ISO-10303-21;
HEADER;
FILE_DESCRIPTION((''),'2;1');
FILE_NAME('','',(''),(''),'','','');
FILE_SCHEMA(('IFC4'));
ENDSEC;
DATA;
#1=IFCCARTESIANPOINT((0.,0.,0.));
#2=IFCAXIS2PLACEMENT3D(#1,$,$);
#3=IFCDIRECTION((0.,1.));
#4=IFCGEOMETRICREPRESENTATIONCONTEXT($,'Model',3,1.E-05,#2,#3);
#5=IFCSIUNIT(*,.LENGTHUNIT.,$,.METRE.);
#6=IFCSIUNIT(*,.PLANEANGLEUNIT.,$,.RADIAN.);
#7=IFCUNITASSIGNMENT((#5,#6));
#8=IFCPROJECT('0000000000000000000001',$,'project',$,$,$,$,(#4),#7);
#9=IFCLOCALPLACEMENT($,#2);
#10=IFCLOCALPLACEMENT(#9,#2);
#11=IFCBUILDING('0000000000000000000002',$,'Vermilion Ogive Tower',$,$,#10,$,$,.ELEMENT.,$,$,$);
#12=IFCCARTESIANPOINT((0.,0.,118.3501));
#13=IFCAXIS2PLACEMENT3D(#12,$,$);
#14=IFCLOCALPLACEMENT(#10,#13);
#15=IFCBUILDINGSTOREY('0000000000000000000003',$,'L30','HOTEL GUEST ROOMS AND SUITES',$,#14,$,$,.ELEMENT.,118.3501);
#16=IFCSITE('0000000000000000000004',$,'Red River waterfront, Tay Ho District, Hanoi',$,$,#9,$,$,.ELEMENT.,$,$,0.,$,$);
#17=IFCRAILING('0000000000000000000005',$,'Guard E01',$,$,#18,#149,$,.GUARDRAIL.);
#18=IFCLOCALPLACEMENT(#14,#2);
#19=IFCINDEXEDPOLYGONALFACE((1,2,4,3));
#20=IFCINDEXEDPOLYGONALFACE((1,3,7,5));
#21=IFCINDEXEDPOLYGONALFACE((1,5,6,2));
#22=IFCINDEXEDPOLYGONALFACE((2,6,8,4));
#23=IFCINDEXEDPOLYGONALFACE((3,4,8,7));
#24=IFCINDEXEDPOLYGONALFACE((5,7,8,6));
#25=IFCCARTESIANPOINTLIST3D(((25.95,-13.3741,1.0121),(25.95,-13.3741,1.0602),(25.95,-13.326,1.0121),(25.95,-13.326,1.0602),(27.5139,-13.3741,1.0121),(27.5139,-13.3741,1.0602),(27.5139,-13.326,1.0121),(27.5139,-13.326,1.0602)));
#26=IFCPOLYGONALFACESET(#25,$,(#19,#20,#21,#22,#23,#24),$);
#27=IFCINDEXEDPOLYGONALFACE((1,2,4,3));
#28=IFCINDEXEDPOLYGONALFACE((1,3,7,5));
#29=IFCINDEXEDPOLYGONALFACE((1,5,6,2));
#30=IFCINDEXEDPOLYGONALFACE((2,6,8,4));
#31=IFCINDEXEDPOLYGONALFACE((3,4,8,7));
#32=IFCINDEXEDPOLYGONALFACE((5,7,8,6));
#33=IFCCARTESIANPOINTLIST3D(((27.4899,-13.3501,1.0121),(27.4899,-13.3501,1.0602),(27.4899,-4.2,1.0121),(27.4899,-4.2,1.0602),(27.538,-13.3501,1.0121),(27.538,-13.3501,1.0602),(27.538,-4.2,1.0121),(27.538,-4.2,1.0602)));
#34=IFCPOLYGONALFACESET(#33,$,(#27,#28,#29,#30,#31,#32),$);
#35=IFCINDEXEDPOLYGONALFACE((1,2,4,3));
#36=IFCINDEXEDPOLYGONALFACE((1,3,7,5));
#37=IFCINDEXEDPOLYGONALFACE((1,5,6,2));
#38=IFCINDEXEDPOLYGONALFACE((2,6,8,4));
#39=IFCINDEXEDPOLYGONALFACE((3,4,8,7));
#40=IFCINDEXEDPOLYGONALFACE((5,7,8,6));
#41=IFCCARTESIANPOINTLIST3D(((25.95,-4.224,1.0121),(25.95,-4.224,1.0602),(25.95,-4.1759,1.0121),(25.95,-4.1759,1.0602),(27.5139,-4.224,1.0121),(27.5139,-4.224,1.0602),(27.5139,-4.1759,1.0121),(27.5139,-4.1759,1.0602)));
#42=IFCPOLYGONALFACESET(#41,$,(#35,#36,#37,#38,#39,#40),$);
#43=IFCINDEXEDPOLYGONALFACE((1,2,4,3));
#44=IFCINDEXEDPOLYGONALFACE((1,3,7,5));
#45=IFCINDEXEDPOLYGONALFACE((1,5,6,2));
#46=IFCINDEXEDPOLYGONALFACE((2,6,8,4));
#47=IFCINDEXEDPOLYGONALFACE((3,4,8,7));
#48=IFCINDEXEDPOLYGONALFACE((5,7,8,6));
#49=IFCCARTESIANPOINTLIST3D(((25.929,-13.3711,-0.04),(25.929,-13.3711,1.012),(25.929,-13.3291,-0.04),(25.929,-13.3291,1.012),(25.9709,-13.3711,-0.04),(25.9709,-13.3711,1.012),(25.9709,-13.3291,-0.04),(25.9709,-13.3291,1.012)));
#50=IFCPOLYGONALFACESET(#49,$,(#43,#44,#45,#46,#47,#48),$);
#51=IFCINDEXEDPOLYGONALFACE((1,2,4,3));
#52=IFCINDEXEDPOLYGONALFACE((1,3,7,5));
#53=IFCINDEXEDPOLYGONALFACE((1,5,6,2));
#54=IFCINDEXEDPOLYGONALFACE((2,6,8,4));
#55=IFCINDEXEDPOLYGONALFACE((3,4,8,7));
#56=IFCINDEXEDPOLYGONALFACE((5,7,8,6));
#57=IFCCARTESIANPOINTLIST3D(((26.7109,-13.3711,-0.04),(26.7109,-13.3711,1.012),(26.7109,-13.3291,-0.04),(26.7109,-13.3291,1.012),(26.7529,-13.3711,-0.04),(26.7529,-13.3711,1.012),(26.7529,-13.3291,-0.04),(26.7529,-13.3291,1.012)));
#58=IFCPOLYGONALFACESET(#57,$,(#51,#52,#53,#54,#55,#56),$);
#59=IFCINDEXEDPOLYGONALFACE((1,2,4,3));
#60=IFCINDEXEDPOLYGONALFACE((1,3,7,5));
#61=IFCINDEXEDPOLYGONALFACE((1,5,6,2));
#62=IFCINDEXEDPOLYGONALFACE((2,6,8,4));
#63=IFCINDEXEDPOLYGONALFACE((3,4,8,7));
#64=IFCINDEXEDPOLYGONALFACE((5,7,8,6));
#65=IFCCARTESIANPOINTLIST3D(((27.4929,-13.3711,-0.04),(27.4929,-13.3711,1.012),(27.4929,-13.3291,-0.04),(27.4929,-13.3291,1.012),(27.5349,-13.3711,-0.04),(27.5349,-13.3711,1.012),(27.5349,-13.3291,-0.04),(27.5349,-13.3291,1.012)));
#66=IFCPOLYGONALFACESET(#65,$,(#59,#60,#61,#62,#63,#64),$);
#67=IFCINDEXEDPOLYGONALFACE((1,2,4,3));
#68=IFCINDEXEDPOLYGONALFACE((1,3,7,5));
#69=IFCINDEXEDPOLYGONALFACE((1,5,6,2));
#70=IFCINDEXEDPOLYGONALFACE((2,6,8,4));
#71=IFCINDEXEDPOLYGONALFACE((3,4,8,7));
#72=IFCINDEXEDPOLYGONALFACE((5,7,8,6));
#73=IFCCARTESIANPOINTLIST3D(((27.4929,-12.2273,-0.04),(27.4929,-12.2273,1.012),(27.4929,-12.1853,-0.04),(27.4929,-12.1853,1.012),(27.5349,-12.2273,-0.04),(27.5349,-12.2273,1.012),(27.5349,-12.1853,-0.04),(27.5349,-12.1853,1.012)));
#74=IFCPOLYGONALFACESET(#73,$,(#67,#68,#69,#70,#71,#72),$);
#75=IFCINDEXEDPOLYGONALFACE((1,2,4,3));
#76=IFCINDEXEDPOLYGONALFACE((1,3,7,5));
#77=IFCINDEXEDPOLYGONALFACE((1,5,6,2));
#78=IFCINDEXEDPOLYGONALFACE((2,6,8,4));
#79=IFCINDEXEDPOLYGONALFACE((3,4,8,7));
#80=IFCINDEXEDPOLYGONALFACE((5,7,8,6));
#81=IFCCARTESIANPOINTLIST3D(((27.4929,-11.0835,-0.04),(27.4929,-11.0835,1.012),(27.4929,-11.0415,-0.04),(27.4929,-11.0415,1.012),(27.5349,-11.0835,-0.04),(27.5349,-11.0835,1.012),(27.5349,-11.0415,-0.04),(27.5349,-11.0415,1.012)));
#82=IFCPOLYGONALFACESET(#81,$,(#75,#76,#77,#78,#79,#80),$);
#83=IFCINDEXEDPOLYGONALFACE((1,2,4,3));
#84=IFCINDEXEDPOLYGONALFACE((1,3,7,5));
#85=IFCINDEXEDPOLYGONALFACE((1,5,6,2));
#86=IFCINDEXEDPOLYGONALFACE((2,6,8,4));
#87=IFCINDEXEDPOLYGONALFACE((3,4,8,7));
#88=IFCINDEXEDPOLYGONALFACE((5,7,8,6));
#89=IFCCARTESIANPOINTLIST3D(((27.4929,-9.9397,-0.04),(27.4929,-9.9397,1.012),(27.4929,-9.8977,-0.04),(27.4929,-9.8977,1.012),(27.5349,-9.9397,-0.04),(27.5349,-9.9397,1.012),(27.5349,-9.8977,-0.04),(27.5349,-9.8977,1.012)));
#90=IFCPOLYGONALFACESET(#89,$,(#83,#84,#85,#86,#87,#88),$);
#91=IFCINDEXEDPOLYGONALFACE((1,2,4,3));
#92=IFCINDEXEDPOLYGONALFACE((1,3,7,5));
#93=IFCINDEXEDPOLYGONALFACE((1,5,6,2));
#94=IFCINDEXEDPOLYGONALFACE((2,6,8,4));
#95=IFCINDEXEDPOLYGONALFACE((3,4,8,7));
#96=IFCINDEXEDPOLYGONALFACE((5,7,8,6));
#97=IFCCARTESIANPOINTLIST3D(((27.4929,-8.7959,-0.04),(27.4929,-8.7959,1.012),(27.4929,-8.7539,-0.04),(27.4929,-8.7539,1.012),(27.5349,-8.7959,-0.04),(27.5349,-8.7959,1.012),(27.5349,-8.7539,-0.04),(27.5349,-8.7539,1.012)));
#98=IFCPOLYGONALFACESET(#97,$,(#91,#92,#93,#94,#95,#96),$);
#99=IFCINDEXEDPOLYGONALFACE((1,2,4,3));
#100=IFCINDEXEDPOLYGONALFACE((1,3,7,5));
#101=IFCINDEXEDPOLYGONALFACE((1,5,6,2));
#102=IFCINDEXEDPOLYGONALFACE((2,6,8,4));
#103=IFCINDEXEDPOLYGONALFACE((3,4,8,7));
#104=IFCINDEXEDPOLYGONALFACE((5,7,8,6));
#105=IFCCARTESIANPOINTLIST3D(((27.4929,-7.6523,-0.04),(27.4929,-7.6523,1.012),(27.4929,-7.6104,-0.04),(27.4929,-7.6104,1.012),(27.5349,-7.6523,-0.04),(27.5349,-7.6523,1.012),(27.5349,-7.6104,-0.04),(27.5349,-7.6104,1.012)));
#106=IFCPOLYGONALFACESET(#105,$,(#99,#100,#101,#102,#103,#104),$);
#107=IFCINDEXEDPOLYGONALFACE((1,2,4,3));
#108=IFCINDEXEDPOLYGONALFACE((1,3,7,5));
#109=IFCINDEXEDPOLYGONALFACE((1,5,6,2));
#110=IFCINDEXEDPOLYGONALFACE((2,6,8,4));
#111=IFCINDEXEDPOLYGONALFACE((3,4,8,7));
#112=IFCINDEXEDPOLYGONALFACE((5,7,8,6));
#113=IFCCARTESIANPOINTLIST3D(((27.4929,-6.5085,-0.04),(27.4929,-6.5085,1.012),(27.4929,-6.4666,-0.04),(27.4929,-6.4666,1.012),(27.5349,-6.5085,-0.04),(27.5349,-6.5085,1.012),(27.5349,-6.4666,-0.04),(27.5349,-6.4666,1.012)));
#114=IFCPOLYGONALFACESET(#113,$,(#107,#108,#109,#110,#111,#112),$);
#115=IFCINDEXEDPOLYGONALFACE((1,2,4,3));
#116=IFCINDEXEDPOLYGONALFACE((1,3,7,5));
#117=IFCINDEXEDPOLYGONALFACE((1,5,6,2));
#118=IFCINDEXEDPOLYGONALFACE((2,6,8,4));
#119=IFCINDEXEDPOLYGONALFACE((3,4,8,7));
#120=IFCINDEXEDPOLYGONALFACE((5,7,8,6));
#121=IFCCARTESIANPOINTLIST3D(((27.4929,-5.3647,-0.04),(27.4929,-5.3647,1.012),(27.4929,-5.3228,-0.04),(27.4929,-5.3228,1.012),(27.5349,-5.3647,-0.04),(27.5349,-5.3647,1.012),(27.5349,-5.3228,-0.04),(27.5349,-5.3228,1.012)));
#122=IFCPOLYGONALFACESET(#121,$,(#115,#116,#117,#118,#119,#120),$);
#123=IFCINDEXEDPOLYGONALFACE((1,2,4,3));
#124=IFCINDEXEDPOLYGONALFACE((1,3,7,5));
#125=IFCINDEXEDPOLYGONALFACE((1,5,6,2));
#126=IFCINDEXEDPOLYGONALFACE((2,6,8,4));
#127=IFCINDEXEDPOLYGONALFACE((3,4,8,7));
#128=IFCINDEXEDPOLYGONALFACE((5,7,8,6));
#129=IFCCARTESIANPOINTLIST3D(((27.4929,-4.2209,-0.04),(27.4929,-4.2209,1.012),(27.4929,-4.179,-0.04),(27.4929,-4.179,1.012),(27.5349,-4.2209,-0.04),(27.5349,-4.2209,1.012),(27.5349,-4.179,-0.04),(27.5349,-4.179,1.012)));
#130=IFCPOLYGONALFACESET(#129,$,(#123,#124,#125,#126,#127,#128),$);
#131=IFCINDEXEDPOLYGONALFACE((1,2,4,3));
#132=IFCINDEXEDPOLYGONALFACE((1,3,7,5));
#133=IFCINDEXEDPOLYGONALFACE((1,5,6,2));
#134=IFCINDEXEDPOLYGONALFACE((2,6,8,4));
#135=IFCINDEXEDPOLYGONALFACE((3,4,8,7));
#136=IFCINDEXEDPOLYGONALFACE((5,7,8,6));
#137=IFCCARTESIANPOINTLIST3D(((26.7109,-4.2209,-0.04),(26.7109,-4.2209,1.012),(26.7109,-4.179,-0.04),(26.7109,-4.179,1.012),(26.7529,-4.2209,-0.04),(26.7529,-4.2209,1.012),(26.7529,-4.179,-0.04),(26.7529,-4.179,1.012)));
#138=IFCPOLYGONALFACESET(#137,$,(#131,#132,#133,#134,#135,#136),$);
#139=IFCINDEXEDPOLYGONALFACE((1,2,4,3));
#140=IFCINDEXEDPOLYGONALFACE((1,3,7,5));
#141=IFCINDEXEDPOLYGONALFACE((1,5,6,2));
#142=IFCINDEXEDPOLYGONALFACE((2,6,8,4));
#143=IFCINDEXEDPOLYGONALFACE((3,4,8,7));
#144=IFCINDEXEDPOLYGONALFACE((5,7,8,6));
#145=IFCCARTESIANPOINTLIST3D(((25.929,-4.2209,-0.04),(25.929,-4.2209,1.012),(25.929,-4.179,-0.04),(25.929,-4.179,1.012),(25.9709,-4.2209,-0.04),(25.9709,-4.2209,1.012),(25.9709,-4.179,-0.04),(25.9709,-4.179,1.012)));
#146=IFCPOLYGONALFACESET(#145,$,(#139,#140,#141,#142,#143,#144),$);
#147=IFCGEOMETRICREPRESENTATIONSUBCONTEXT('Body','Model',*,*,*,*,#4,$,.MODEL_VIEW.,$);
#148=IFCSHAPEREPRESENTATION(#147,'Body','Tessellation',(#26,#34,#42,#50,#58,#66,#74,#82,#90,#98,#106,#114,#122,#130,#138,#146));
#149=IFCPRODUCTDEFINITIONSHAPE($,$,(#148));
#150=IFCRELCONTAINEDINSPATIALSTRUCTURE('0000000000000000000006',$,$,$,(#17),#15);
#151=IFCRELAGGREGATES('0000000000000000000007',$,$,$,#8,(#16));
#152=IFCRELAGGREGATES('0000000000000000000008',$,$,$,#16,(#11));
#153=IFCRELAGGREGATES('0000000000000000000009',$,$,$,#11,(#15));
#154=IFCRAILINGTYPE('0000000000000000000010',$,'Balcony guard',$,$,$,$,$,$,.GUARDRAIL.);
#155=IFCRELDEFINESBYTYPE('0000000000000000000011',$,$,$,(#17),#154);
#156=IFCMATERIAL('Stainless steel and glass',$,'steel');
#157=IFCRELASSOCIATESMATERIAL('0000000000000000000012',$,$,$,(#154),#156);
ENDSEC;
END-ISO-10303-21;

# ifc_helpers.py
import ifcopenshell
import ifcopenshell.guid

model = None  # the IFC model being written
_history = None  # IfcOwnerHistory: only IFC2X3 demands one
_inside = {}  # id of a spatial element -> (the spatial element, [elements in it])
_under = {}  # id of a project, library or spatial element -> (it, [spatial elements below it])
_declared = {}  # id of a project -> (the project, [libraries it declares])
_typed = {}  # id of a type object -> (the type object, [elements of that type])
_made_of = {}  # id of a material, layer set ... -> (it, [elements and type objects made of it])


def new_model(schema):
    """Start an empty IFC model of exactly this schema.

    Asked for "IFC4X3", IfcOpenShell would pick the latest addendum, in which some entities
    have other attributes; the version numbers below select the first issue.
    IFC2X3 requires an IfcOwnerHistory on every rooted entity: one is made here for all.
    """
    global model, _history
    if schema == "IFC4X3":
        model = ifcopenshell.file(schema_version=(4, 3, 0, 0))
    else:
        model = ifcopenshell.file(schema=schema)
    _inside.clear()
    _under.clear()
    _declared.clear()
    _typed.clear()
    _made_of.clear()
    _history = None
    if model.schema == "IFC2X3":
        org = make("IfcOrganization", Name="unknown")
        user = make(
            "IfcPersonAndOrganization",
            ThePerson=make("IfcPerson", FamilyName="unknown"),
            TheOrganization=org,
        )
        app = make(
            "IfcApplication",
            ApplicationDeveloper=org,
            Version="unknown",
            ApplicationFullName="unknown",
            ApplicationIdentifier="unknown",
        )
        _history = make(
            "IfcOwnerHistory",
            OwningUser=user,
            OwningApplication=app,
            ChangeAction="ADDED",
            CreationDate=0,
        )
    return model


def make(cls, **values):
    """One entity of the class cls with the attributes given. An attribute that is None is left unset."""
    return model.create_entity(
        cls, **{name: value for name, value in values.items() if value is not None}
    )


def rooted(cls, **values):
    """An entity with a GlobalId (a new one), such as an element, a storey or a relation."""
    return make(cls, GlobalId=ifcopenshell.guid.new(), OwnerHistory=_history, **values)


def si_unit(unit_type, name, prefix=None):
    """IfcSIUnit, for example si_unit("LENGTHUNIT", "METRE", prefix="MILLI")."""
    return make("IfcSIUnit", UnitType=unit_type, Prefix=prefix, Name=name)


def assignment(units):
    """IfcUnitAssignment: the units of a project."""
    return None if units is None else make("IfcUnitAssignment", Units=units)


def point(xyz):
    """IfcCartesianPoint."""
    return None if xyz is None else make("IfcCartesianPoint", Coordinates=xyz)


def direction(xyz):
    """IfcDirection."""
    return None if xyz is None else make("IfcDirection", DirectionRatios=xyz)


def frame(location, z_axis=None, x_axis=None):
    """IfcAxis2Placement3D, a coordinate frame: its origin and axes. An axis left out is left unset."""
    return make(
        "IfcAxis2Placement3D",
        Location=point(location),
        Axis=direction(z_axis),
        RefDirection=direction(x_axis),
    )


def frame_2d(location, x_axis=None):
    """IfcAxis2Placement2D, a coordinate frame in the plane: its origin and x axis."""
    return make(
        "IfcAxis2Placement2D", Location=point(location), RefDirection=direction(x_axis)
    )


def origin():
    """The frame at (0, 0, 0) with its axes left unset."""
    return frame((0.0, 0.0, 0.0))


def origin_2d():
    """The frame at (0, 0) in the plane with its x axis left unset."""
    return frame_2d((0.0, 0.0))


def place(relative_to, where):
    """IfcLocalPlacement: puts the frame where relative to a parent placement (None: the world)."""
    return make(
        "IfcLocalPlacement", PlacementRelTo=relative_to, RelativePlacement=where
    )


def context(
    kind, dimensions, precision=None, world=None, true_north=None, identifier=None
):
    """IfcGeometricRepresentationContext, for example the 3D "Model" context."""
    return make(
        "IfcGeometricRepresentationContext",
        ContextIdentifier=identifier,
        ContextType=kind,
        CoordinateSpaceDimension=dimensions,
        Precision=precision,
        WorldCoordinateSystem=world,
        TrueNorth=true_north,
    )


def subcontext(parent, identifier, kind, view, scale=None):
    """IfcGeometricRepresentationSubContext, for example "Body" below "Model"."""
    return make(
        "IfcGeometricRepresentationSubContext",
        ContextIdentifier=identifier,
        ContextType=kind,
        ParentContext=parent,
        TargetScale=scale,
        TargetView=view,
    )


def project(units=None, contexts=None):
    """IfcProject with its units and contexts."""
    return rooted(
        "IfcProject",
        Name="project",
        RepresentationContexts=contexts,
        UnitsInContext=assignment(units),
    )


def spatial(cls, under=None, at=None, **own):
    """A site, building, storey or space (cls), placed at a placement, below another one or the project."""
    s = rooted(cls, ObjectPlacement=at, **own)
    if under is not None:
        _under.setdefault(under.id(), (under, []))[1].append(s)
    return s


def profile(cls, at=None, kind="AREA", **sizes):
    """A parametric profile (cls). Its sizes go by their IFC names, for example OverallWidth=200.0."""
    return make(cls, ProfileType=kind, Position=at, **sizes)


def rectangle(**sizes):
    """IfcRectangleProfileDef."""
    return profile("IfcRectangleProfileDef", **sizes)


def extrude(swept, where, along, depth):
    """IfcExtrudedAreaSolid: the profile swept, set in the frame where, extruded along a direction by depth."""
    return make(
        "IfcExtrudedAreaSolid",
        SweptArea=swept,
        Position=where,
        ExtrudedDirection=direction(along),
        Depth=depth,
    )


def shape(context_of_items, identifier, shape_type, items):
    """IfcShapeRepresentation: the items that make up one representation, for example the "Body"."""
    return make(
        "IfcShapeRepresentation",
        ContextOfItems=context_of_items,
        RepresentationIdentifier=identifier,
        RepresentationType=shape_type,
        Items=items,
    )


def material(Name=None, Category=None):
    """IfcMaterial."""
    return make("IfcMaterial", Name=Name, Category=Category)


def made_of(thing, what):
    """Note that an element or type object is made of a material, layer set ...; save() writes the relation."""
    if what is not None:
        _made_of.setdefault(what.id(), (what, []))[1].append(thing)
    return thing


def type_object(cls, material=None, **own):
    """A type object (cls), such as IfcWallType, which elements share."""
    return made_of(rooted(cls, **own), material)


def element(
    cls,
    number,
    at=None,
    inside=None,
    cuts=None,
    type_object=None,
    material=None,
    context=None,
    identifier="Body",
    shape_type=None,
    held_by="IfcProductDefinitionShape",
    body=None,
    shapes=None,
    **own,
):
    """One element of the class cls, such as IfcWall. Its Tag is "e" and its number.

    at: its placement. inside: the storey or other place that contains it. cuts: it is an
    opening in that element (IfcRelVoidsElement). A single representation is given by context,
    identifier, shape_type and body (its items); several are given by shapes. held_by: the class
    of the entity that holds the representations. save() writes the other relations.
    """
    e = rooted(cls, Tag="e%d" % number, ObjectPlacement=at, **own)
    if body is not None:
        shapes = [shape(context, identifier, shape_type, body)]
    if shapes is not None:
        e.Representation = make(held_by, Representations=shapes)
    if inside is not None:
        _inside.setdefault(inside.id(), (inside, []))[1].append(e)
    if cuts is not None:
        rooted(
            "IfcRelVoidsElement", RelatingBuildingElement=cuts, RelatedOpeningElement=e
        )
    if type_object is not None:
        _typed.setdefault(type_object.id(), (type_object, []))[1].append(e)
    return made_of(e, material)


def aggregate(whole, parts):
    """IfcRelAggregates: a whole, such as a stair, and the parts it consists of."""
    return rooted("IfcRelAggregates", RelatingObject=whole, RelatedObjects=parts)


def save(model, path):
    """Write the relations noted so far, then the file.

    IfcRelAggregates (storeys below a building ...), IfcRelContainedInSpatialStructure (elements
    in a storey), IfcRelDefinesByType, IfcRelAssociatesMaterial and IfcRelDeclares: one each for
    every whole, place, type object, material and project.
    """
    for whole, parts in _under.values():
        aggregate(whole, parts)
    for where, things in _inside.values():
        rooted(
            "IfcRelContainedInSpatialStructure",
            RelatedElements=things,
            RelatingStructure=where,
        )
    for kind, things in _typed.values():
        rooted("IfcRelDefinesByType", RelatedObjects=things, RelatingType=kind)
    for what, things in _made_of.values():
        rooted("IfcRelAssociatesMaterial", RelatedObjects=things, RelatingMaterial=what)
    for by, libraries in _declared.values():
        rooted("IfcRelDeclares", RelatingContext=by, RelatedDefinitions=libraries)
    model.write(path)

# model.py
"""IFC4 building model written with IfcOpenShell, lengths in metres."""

from ifc_helpers import new_model, si_unit, direction, frame, origin, origin_2d, place, context, subcontext, project, spatial, rectangle, extrude, material, type_object, element, save


model = new_model("IFC4")

# Units and contexts
model_context = context("Model", 3, precision=1e-05, world=origin(), true_north=direction((0.0, 1.0)))
body_context = subcontext(model_context, "Body", "Model", "MODEL_VIEW")
ifc_project = project(units=[si_unit("LENGTHUNIT", "METRE"), si_unit("PLANEANGLEUNIT", "RADIAN")], contexts=[model_context])

# Site, building, storey
site_placement = place(None, origin())
site = spatial("IfcSite", under=ifc_project, at=site_placement, Name="Red River waterfront, Tay Ho District, Hanoi", CompositionType="ELEMENT", RefElevation=0.0)
building_placement = place(site_placement, origin())
building = spatial("IfcBuilding", under=site, at=building_placement, Name="Vermilion Ogive Tower", CompositionType="ELEMENT")
storey_placement = place(building_placement, frame((0.0, 0.0, 118.3501)))
storey = spatial("IfcBuildingStorey", under=building, at=storey_placement, Name="L30", Description="HOTEL GUEST ROOMS AND SUITES", CompositionType="ELEMENT", Elevation=118.3501)

# Railing
ifc_material_1 = material(Name="Stainless steel and glass", Category="steel")
railing_type = type_object("IfcRailingType", Name="Balcony guard", PredefinedType="GUARDRAIL", material=ifc_material_1)
railing_placement = place(storey_placement, frame((25.95, -13.3501, -0.04)))
element("IfcRailing", 1, at=railing_placement, inside=storey, type_object=railing_type, Name="Guard E01", PredefinedType="GUARDRAIL", context=body_context, shape_type="SweptSolid", body=[
    extrude(rectangle(XDim=0.0481, YDim=0.0481, at=origin_2d()), frame((0.0, 0.0, 1.0762), z_axis=(1.0, 0.0, 0.0), x_axis=(0.0, 1.0, 0.0)), (0.0, 0.0, 1.0), 1.564),
    extrude(rectangle(XDim=0.0481, YDim=0.0481, at=origin_2d()), frame((1.564, 0.0, 1.0762), z_axis=(0.0, 1.0, 0.0), x_axis=(-1.0, 0.0, 0.0)), (0.0, 0.0, 1.0), 9.1501),
    extrude(rectangle(XDim=0.0481, YDim=0.0481, at=origin_2d()), frame((1.564, 9.1501, 1.0762), z_axis=(-1.0, 0.0, 0.0), x_axis=(0.0, -1.0, 0.0)), (0.0, 0.0, 1.0), 1.564),
    extrude(rectangle(XDim=0.042, YDim=0.042, at=origin_2d()), origin(), (0.0, 0.0, 1.0), 1.052),
    extrude(rectangle(XDim=0.042, YDim=0.042, at=origin_2d()), frame((0.782, 0.0, 0.0)), (0.0, 0.0, 1.0), 1.052),
    extrude(rectangle(XDim=0.042, YDim=0.042, at=origin_2d()), frame((1.564, 0.0, 0.0)), (0.0, 0.0, 1.0), 1.052),
    extrude(rectangle(XDim=0.042, YDim=0.042, at=origin_2d()), frame((1.564, 1.1438, 0.0)), (0.0, 0.0, 1.0), 1.052),
    extrude(rectangle(XDim=0.042, YDim=0.042, at=origin_2d()), frame((1.564, 2.2876, 0.0)), (0.0, 0.0, 1.0), 1.052),
    extrude(rectangle(XDim=0.042, YDim=0.042, at=origin_2d()), frame((1.564, 3.4314, 0.0)), (0.0, 0.0, 1.0), 1.052),
    extrude(rectangle(XDim=0.042, YDim=0.042, at=origin_2d()), frame((1.564, 4.5752, 0.0)), (0.0, 0.0, 1.0), 1.052),
    extrude(rectangle(XDim=0.042, YDim=0.042, at=origin_2d()), frame((1.564, 5.7188, 0.0)), (0.0, 0.0, 1.0), 1.052),
    extrude(rectangle(XDim=0.042, YDim=0.042, at=origin_2d()), frame((1.564, 6.8625, 0.0)), (0.0, 0.0, 1.0), 1.052),
    extrude(rectangle(XDim=0.042, YDim=0.042, at=origin_2d()), frame((1.564, 8.0063, 0.0)), (0.0, 0.0, 1.0), 1.052),
    extrude(rectangle(XDim=0.042, YDim=0.042, at=origin_2d()), frame((1.564, 9.1501, 0.0)), (0.0, 0.0, 1.0), 1.052),
    extrude(rectangle(XDim=0.042, YDim=0.042, at=origin_2d()), frame((0.782, 9.1501, 0.0)), (0.0, 0.0, 1.0), 1.052),
    extrude(rectangle(XDim=0.042, YDim=0.042, at=origin_2d()), frame((0.0, 9.1501, 0.0)), (0.0, 0.0, 1.0), 1.052),
])

save(model, "model.ifc")
